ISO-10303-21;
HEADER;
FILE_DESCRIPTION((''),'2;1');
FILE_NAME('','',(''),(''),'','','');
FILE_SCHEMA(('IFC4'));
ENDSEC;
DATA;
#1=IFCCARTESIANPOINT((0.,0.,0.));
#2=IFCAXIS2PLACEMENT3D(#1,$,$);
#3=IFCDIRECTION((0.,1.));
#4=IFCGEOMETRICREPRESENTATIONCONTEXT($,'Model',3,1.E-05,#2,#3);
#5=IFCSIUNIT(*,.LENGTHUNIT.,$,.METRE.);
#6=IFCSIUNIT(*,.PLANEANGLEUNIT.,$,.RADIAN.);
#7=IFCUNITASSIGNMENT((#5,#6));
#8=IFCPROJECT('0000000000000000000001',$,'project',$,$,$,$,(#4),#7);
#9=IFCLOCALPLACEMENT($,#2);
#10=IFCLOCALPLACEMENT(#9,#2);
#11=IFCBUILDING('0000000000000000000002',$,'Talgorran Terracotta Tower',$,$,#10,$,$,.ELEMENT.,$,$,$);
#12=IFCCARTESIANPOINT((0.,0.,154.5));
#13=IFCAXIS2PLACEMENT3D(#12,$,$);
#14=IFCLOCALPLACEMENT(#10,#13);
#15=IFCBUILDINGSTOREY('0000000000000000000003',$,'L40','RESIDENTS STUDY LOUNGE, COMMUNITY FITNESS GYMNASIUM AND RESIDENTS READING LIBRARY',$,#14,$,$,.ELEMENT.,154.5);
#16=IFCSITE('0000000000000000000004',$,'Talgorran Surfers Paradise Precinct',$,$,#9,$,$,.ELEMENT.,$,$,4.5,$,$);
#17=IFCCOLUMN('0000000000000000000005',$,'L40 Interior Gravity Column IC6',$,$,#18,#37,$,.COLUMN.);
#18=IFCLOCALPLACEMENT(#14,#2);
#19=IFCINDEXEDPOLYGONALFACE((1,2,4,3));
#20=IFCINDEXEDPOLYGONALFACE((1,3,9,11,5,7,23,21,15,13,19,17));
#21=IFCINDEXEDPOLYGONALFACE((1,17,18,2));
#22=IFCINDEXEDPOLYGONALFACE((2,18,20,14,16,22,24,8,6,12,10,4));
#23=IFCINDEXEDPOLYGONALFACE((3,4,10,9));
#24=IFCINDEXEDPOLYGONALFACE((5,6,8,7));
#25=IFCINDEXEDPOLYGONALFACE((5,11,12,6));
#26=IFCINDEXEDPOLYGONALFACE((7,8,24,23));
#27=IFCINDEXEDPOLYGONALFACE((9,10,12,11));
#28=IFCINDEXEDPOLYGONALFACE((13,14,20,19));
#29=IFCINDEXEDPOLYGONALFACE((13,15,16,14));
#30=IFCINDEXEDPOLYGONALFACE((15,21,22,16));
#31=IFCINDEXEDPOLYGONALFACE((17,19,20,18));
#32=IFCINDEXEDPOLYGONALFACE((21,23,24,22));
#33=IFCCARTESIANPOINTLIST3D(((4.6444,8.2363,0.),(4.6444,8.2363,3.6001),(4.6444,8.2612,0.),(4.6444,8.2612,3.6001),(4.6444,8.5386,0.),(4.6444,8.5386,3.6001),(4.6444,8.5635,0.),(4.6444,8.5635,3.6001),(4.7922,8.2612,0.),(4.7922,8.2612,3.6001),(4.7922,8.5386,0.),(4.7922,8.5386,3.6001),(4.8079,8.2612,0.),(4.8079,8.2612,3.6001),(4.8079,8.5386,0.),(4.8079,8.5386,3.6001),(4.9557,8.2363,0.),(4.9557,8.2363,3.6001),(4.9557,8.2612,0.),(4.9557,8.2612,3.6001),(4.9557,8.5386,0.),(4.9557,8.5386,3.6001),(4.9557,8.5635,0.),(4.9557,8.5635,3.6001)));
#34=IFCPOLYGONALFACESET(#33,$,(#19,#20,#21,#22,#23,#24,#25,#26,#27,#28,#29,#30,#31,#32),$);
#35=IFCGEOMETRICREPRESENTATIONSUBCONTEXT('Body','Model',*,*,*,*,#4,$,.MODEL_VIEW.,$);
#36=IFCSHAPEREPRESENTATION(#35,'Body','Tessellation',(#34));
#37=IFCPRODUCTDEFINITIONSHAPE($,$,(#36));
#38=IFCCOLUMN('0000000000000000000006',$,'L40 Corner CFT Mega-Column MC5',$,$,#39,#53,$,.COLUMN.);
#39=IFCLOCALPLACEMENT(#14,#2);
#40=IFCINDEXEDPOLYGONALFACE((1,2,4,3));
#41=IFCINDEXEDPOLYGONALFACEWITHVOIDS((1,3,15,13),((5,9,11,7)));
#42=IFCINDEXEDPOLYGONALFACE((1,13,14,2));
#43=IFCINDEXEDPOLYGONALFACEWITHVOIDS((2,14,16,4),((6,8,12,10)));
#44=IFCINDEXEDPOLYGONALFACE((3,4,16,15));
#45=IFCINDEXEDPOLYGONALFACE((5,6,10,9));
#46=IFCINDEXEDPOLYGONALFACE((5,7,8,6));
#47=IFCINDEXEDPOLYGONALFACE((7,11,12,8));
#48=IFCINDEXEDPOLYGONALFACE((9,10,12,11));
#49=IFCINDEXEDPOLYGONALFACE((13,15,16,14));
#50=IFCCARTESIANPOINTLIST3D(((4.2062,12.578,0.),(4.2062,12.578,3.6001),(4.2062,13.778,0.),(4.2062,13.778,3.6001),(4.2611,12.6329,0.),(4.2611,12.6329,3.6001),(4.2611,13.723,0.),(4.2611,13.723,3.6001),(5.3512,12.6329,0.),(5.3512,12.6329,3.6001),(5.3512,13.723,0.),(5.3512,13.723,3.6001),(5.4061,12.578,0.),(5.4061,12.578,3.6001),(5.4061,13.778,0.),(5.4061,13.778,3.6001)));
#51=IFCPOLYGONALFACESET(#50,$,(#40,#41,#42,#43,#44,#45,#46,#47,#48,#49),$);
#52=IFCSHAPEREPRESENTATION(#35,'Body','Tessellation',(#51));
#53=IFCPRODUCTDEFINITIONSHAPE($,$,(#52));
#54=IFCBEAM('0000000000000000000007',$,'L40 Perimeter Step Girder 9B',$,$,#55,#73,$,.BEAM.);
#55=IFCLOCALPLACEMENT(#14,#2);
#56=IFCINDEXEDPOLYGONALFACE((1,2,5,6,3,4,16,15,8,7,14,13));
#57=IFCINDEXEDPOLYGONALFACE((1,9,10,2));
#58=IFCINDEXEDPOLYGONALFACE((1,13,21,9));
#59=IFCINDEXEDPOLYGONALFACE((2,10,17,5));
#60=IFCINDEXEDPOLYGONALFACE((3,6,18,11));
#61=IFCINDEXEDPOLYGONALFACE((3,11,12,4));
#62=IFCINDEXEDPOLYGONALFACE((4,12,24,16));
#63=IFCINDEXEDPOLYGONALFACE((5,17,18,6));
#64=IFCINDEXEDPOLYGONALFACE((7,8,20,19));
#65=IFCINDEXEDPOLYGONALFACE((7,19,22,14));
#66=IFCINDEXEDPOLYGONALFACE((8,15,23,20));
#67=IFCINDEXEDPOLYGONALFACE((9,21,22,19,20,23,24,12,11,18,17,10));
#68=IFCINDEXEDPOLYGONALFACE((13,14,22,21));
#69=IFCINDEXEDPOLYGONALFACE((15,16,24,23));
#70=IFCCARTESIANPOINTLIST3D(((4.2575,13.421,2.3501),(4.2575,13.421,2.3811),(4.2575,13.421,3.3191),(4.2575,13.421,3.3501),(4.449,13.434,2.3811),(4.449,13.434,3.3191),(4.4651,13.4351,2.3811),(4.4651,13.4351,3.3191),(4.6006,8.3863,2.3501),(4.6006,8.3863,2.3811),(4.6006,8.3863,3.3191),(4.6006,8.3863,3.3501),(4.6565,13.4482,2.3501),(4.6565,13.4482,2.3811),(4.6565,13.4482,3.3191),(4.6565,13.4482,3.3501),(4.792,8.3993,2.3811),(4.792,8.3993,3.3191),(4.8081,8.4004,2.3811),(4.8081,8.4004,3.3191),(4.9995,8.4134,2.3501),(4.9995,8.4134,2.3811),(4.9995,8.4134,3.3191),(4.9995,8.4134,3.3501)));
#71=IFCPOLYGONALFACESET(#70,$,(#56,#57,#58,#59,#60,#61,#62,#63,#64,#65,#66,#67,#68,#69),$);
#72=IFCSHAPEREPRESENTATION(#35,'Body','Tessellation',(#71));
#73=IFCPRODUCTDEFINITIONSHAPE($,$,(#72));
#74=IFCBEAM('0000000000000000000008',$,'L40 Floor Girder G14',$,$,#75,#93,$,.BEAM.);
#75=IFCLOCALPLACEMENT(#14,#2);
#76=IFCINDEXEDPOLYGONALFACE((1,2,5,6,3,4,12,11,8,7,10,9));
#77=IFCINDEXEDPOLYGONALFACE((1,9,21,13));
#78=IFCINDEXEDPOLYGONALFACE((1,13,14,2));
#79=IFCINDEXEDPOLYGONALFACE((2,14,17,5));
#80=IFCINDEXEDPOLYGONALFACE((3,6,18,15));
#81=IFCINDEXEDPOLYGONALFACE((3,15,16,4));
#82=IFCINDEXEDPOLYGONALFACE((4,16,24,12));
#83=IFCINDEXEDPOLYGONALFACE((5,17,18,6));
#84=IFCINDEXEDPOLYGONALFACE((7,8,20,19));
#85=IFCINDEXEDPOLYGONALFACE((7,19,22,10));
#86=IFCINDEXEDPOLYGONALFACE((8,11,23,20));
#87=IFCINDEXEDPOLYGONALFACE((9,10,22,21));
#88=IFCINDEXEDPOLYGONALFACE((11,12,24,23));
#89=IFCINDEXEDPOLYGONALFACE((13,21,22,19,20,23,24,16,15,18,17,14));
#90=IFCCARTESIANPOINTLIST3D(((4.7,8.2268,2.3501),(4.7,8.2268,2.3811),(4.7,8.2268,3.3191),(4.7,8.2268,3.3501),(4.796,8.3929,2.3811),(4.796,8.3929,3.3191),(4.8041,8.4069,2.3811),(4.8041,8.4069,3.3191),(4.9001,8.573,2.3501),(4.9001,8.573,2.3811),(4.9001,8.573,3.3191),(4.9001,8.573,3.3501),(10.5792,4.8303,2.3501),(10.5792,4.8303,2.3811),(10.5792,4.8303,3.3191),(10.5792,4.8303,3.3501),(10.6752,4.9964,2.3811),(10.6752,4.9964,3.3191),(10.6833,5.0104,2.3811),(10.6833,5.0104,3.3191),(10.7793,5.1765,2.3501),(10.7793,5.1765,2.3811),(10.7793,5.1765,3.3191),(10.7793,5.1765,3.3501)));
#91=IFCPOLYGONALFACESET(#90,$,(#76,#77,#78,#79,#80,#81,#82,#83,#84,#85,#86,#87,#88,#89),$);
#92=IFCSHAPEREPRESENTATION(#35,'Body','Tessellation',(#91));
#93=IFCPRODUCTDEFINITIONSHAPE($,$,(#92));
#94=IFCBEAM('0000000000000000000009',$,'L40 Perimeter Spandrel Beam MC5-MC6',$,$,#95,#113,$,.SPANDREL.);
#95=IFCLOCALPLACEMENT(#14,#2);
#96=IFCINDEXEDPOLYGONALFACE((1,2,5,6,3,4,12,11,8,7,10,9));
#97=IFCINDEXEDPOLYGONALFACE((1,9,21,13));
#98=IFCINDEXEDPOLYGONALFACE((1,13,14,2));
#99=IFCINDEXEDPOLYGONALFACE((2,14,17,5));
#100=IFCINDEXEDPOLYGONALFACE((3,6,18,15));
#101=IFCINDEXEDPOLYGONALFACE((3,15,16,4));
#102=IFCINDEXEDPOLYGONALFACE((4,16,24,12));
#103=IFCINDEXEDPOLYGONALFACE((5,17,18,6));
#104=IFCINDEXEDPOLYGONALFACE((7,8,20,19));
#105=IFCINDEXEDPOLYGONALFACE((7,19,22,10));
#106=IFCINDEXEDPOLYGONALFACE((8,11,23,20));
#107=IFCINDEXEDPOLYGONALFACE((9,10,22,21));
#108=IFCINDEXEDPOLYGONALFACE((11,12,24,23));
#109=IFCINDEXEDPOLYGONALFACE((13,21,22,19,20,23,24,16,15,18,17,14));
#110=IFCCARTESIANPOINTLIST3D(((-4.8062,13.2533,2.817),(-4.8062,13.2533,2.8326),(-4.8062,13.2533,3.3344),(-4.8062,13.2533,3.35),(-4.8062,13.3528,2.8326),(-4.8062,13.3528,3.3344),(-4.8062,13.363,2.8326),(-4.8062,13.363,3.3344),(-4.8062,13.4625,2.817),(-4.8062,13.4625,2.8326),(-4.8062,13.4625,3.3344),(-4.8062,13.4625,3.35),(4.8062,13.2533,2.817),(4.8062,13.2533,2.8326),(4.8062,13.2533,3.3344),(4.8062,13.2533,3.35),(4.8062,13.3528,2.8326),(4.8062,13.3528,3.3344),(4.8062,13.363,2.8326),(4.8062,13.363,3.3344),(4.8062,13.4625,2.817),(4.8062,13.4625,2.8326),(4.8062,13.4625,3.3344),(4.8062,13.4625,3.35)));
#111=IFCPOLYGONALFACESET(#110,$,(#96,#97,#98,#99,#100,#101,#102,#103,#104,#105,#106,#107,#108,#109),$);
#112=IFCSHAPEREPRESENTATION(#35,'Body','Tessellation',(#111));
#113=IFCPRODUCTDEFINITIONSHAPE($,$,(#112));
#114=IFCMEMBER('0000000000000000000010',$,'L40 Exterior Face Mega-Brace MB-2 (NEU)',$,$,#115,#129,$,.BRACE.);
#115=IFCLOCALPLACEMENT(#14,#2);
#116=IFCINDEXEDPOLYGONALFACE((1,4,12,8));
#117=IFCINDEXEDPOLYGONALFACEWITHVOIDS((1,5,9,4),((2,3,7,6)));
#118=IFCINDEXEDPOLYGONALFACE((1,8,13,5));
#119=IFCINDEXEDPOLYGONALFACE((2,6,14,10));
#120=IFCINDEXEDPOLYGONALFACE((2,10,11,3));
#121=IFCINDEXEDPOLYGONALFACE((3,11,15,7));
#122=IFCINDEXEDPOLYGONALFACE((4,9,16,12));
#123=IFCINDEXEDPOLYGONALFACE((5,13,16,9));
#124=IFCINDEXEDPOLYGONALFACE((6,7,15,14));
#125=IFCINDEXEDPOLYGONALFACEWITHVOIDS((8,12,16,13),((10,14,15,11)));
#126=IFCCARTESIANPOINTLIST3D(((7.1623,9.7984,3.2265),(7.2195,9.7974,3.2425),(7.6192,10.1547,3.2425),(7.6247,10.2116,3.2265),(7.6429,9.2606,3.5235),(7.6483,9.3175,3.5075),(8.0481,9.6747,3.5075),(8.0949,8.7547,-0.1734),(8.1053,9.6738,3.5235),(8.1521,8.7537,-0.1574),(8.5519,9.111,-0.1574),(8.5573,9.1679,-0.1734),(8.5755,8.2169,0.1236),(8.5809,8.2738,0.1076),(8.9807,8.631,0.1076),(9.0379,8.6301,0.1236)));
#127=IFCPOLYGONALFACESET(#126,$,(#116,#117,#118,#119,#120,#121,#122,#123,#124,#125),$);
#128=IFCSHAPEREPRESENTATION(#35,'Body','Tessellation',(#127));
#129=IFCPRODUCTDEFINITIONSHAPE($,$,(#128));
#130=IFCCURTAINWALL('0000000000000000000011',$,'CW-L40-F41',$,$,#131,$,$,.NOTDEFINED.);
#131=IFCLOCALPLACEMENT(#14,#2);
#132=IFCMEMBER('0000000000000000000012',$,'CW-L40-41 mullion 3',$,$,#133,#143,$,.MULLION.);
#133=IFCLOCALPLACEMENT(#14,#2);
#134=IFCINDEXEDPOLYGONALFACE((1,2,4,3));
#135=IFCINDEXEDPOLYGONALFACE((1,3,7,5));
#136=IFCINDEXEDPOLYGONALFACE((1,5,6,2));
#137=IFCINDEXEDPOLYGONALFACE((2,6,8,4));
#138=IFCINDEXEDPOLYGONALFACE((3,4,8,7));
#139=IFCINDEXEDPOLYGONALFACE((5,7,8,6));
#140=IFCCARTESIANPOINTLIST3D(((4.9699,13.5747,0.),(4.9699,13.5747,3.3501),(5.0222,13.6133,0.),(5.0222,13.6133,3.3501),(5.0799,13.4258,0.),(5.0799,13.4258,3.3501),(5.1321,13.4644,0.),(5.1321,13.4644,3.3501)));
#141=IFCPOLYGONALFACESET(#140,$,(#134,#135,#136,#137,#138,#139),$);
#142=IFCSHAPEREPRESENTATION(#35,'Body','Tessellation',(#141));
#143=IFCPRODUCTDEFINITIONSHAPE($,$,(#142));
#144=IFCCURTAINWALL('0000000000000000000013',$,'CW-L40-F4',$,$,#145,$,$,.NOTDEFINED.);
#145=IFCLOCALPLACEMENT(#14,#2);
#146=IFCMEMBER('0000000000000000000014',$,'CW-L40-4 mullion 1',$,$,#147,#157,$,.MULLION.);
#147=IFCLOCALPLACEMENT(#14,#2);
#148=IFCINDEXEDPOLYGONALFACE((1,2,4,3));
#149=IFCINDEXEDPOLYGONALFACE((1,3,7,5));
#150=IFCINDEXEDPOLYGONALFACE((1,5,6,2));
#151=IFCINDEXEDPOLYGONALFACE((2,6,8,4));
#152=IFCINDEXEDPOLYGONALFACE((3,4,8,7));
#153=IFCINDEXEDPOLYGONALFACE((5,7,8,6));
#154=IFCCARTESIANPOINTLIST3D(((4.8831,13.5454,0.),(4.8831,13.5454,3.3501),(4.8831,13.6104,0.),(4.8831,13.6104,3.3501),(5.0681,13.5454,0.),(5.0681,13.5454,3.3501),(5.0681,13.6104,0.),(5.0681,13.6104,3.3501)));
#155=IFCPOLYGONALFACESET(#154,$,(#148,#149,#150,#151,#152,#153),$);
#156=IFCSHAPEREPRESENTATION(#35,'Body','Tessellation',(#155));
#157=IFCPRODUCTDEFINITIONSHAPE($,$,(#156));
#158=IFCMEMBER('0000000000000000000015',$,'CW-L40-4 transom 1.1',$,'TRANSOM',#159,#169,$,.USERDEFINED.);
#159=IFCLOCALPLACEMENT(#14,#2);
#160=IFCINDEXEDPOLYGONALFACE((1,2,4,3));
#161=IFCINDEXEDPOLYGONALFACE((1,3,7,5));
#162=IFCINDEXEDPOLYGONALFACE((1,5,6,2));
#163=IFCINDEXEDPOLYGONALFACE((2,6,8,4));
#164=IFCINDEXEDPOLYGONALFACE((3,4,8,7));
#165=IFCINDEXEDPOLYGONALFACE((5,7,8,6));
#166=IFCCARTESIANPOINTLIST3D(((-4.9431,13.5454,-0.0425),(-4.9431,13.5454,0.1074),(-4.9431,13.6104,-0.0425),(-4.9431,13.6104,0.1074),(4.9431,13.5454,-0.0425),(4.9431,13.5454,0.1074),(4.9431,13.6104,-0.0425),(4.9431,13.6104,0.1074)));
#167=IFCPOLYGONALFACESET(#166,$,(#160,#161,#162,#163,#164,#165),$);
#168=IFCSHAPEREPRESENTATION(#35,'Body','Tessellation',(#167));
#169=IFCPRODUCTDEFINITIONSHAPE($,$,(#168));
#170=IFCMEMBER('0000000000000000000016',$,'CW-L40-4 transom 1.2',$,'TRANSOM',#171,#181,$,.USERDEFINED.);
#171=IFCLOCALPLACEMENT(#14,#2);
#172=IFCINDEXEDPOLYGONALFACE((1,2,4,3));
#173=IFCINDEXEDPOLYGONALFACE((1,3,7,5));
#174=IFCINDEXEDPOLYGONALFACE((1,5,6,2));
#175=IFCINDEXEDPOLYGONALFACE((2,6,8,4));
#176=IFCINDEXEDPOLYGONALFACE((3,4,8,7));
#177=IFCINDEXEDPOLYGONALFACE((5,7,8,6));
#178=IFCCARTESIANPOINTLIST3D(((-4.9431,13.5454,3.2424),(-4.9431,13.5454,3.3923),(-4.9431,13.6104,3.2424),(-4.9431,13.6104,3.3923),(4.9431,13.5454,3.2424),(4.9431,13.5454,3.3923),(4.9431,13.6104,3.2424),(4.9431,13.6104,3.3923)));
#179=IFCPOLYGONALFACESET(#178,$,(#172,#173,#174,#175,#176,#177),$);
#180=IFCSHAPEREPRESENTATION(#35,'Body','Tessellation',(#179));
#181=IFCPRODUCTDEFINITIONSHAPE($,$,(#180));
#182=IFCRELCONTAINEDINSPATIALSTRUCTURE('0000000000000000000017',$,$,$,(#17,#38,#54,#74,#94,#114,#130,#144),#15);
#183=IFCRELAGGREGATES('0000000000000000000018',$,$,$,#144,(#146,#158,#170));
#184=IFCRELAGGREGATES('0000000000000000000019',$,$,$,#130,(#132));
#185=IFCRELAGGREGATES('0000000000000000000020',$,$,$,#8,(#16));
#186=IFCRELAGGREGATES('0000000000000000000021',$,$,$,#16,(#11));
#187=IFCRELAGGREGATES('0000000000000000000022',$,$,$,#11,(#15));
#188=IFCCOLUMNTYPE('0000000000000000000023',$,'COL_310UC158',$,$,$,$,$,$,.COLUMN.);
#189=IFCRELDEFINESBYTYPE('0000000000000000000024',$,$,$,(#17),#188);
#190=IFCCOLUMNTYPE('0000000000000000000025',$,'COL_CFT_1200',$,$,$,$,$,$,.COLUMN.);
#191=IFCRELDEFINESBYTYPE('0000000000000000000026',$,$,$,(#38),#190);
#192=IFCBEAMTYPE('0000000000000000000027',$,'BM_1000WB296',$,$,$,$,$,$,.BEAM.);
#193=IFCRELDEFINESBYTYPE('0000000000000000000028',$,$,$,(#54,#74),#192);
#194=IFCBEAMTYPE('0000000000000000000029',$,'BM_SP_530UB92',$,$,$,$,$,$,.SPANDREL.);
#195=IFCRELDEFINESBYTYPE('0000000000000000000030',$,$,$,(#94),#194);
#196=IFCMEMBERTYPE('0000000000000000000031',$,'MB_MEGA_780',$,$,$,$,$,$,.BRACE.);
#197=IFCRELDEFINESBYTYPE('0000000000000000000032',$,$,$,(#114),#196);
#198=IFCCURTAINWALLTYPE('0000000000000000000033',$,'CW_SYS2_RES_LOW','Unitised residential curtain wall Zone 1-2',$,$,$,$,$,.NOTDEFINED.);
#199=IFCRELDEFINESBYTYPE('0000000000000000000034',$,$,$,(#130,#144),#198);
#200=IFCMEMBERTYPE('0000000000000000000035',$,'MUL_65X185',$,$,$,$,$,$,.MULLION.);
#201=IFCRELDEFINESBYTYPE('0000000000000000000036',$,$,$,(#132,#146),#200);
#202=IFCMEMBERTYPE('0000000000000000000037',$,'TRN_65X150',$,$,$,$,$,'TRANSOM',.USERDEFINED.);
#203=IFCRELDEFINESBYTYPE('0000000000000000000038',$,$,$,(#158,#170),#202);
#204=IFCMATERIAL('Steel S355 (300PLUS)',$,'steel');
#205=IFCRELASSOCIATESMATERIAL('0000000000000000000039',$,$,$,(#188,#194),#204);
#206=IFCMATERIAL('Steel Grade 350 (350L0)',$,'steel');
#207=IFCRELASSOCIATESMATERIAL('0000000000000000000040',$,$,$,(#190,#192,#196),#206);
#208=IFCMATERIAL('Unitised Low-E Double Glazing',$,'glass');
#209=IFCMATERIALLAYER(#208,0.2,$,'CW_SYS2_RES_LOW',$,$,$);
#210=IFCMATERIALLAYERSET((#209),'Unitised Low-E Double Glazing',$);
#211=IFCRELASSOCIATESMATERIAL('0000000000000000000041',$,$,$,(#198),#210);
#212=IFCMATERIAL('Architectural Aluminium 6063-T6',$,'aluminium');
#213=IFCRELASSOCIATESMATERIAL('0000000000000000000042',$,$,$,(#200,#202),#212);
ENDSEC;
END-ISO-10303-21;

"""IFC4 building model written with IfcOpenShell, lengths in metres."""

from ifc_helpers import new_model, si_unit, direction, frame, origin, origin_2d, place, context, subcontext, project, spatial, rectangle, hollow_rectangle, i_section, extrude, material, layer, layer_set, material_profile, profile_set, type_object, element, aggregate, save


model = new_model("IFC4")

# Units and contexts
model_context = context("Model", 3, precision=1e-05, world=origin(), true_north=direction((0.0, 1.0)))
body_context = subcontext(model_context, "Body", "Model", "MODEL_VIEW")
ifc_project = project(units=[si_unit("LENGTHUNIT", "METRE"), si_unit("PLANEANGLEUNIT", "RADIAN")], contexts=[model_context])

# Site, building, storey
site_placement = place(None, origin())
site = spatial("IfcSite", under=ifc_project, at=site_placement, Name="Talgorran Surfers Paradise Precinct", CompositionType="ELEMENT", RefElevation=4.5)
building_placement = place(site_placement, origin())
building = spatial("IfcBuilding", under=site, at=building_placement, Name="Talgorran Terracotta Tower", CompositionType="ELEMENT")
storey_placement = place(building_placement, frame((0.0, 0.0, 154.5)))
storey = spatial("IfcBuildingStorey", under=building, at=storey_placement, Name="L40", Description="RESIDENTS STUDY LOUNGE, COMMUNITY FITNESS GYMNASIUM AND RESIDENTS READING LIBRARY", CompositionType="ELEMENT", Elevation=154.5)

# Columns
ifc_material_1 = material(Name="Steel S355 (300PLUS)", Category="steel")
ifc_material_profile_1 = material_profile(ifc_material_1, i_section(OverallWidth=0.3113, OverallDepth=0.3271, WebThickness=0.0156, FlangeThickness=0.0249, at=origin_2d()), Name="310UC158")
ifc_profile_set_1 = profile_set([ifc_material_profile_1], Name="Steel S355 (300PLUS)")
column_type_1 = type_object("IfcColumnType", Name="COL_310UC158", PredefinedType="COLUMN", material=ifc_profile_set_1)
column_1_placement = place(storey_placement, frame((4.8, 8.3999, 0.0), z_axis=(0.0, 0.0, 1.0), x_axis=(1.0, 0.0, 0.0)))
element("IfcColumn", 1, at=column_1_placement, inside=storey, type_object=column_type_1, Name="L40 Interior Gravity Column IC6", PredefinedType="COLUMN", context=body_context, shape_type="SweptSolid", body=[
    extrude(i_section(OverallWidth=0.3113, OverallDepth=0.3271, WebThickness=0.0156, FlangeThickness=0.0249, at=origin_2d()), origin(), (0.0, 0.0, 1.0), 3.6001),
])
ifc_material_2 = material(Name="Steel Grade 350 (350L0)", Category="steel")
ifc_material_profile_2 = material_profile(ifc_material_2, hollow_rectangle(XDim=1.2, YDim=1.2, WallThickness=0.0549, at=origin_2d()), Name="CFT1200X1200X55")
ifc_profile_set_2 = profile_set([ifc_material_profile_2], Name="Steel Grade 350 (350L0)")
column_type_2 = type_object("IfcColumnType", Name="COL_CFT_1200", PredefinedType="COLUMN", material=ifc_profile_set_2)
column_2_placement = place(storey_placement, frame((4.8062, 13.178, 0.0), z_axis=(0.0, 0.0, 1.0), x_axis=(1.0, 0.0, 0.0)))
element("IfcColumn", 2, at=column_2_placement, inside=storey, type_object=column_type_2, Name="L40 Corner CFT Mega-Column MC5", PredefinedType="COLUMN", context=body_context, shape_type="SweptSolid", body=[
    extrude(hollow_rectangle(XDim=1.2, YDim=1.2, WallThickness=0.0549, at=origin_2d()), origin(), (0.0, 0.0, 1.0), 3.6001),
])

# Beams
ifc_material_profile_3 = material_profile(ifc_material_2, i_section(OverallWidth=0.3999, OverallDepth=1.0, WebThickness=0.0161, FlangeThickness=0.031, at=origin_2d()), Name="1000WB296")
ifc_profile_set_3 = profile_set([ifc_material_profile_3], Name="Steel Grade 350 (350L0)")
beam_type_1 = type_object("IfcBeamType", Name="BM_1000WB296", PredefinedType="BEAM", material=ifc_profile_set_3)
beam_1_placement = place(storey_placement, frame((4.457, 13.4346, 2.8501), z_axis=(0.067974, -0.997687, 0.0), x_axis=(0.997687, 0.067974, 0.0)))
element("IfcBeam", 3, at=beam_1_placement, inside=storey, type_object=beam_type_1, Name="L40 Perimeter Step Girder 9B", PredefinedType="BEAM", context=body_context, shape_type="SweptSolid", body=[
    extrude(i_section(OverallWidth=0.3999, OverallDepth=1.0, WebThickness=0.0161, FlangeThickness=0.031, at=origin_2d()), origin(), (0.0, 0.0, 1.0), 5.0464),
])
beam_2_placement = place(storey_placement, frame((4.8, 8.3999, 2.8501), z_axis=(0.865888, -0.500238, 0.0), x_axis=(0.500238, 0.865888, 0.0)))
element("IfcBeam", 4, at=beam_2_placement, inside=storey, type_object=beam_type_1, Name="L40 Floor Girder G14", PredefinedType="BEAM", context=body_context, shape_type="SweptSolid", body=[
    extrude(i_section(OverallWidth=0.3999, OverallDepth=1.0, WebThickness=0.0161, FlangeThickness=0.031, at=origin_2d()), origin(), (0.0, 0.0, 1.0), 6.7898),
])
ifc_material_profile_4 = material_profile(ifc_material_1, i_section(OverallWidth=0.2092, OverallDepth=0.533, WebThickness=0.0103, FlangeThickness=0.0156, at=origin_2d()), Name="530UB92.4")
ifc_profile_set_4 = profile_set([ifc_material_profile_4], Name="Steel S355 (300PLUS)")
beam_type_2 = type_object("IfcBeamType", Name="BM_SP_530UB92", PredefinedType="SPANDREL", material=ifc_profile_set_4)
beam_3_placement = place(storey_placement, frame((4.8062, 13.3579, 3.0835), z_axis=(-1.0, 0.0, 0.0), x_axis=(0.0, -1.0, 0.0)))
element("IfcBeam", 5, at=beam_3_placement, inside=storey, type_object=beam_type_2, Name="L40 Perimeter Spandrel Beam MC5-MC6", PredefinedType="SPANDREL", context=body_context, shape_type="SweptSolid", body=[
    extrude(i_section(OverallWidth=0.2092, OverallDepth=0.533, WebThickness=0.0103, FlangeThickness=0.0156, at=origin_2d()), origin(), (0.0, 0.0, 1.0), 9.6123),
])

# Member
ifc_material_profile_5 = material_profile(ifc_material_2, hollow_rectangle(XDim=0.6201, YDim=0.78, WallThickness=0.042, at=origin_2d()), Name="WBOX780X620X42")
ifc_profile_set_5 = profile_set([ifc_material_profile_5], Name="Steel Grade 350 (350L0)")
member_type_1 = type_object("IfcMemberType", Name="MB_MEGA_780", PredefinedType="BRACE", material=ifc_profile_set_5)
member_1_placement = place(storey_placement, frame((8.5664, 8.6924, -0.0249), z_axis=(-0.253653, 0.283866, 0.924705), x_axis=(-0.745675, -0.66631, 0.0)))
element("IfcMember", 6, at=member_1_placement, inside=storey, type_object=member_type_1, Name="L40 Exterior Face Mega-Brace MB-2 (NEU)", PredefinedType="BRACE", context=body_context, shape_type="SweptSolid", body=[
    extrude(hollow_rectangle(XDim=0.6201, YDim=0.78, WallThickness=0.042, at=origin_2d()), origin(), (0.0, 0.0, 1.0), 3.6768),
])

# Curtain wall, member
ifc_material_3 = material(Name="Unitised Low-E Double Glazing", Category="glass")
ifc_layer_1 = layer(ifc_material_3, 0.2, Name="CW_SYS2_RES_LOW")
ifc_layer_set_1 = layer_set([ifc_layer_1], Name="Unitised Low-E Double Glazing")
curtain_wall_type = type_object("IfcCurtainWallType", Name="CW_SYS2_RES_LOW", Description="Unitised residential curtain wall Zone 1-2", PredefinedType="NOTDEFINED", material=ifc_layer_set_1)
curtain_wall_1_placement = place(storey_placement, origin())
curtain_wall_1 = element("IfcCurtainWall", 7, at=curtain_wall_1_placement, inside=storey, type_object=curtain_wall_type, Name="CW-L40-F41", PredefinedType="NOTDEFINED")
ifc_material_4 = material(Name="Architectural Aluminium 6063-T6", Category="aluminium")
ifc_material_profile_6 = material_profile(ifc_material_4, rectangle(XDim=0.0649, YDim=0.1851, at=origin_2d()), Name="CWM65X185")
ifc_profile_set_6 = profile_set([ifc_material_profile_6], Name="Architectural Aluminium 6063-T6")
member_type_2 = type_object("IfcMemberType", Name="MUL_65X185", PredefinedType="MULLION", material=ifc_profile_set_6)
member_2_placement = place(storey_placement, frame((5.051, 13.5195, 0.0), z_axis=(0.0, 0.0, 1.0), x_axis=(-0.80441, -0.594075, 0.0)))
member_2 = element("IfcMember", 8, at=member_2_placement, type_object=member_type_2, Name="CW-L40-41 mullion 3", PredefinedType="MULLION", context=body_context, shape_type="SweptSolid", body=[
    extrude(rectangle(XDim=0.0649, YDim=0.1851, at=origin_2d()), origin(), (0.0, 0.0, 1.0), 3.3501),
])

# Curtain wall, members
curtain_wall_2_placement = place(storey_placement, origin())
curtain_wall_2 = element("IfcCurtainWall", 9, at=curtain_wall_2_placement, inside=storey, type_object=curtain_wall_type, Name="CW-L40-F4", PredefinedType="NOTDEFINED")
member_3_placement = place(storey_placement, frame((4.9756, 13.5779, 0.0), z_axis=(0.0, 0.0, 1.0), x_axis=(0.0, -1.0, 0.0)))
member_3 = element("IfcMember", 10, at=member_3_placement, type_object=member_type_2, Name="CW-L40-4 mullion 1", PredefinedType="MULLION", context=body_context, shape_type="SweptSolid", body=[
    extrude(rectangle(XDim=0.0649, YDim=0.1851, at=origin_2d()), origin(), (0.0, 0.0, 1.0), 3.3501),
])
ifc_material_profile_7 = material_profile(ifc_material_4, rectangle(XDim=0.0649, YDim=0.1499, at=origin_2d()), Name="CWT65X150")
ifc_profile_set_7 = profile_set([ifc_material_profile_7], Name="Architectural Aluminium 6063-T6")
member_type_3 = type_object("IfcMemberType", Name="TRN_65X150", ElementType="TRANSOM", PredefinedType="USERDEFINED", material=ifc_profile_set_7)
member_4_placement = place(storey_placement, frame((4.9431, 13.5779, 0.0325), z_axis=(-1.0, 0.0, 0.0), x_axis=(0.0, -1.0, 0.0)))
member_4 = element("IfcMember", 11, at=member_4_placement, type_object=member_type_3, Name="CW-L40-4 transom 1.1", ObjectType="TRANSOM", PredefinedType="USERDEFINED", context=body_context, shape_type="SweptSolid", body=[
    extrude(rectangle(XDim=0.0649, YDim=0.1499, at=origin_2d()), origin(), (0.0, 0.0, 1.0), 9.8862),
])
member_5_placement = place(storey_placement, frame((4.9431, 13.5779, 3.3174), z_axis=(-1.0, 0.0, 0.0), x_axis=(0.0, -1.0, 0.0)))
member_5 = element("IfcMember", 12, at=member_5_placement, type_object=member_type_3, Name="CW-L40-4 transom 1.2", ObjectType="TRANSOM", PredefinedType="USERDEFINED", context=body_context, shape_type="SweptSolid", body=[
    extrude(rectangle(XDim=0.0649, YDim=0.1499, at=origin_2d()), origin(), (0.0, 0.0, 1.0), 9.8862),
])
aggregate(curtain_wall_2, [member_3, member_4, member_5])

aggregate(curtain_wall_1, [member_2])

save(model, "model.ifc")
